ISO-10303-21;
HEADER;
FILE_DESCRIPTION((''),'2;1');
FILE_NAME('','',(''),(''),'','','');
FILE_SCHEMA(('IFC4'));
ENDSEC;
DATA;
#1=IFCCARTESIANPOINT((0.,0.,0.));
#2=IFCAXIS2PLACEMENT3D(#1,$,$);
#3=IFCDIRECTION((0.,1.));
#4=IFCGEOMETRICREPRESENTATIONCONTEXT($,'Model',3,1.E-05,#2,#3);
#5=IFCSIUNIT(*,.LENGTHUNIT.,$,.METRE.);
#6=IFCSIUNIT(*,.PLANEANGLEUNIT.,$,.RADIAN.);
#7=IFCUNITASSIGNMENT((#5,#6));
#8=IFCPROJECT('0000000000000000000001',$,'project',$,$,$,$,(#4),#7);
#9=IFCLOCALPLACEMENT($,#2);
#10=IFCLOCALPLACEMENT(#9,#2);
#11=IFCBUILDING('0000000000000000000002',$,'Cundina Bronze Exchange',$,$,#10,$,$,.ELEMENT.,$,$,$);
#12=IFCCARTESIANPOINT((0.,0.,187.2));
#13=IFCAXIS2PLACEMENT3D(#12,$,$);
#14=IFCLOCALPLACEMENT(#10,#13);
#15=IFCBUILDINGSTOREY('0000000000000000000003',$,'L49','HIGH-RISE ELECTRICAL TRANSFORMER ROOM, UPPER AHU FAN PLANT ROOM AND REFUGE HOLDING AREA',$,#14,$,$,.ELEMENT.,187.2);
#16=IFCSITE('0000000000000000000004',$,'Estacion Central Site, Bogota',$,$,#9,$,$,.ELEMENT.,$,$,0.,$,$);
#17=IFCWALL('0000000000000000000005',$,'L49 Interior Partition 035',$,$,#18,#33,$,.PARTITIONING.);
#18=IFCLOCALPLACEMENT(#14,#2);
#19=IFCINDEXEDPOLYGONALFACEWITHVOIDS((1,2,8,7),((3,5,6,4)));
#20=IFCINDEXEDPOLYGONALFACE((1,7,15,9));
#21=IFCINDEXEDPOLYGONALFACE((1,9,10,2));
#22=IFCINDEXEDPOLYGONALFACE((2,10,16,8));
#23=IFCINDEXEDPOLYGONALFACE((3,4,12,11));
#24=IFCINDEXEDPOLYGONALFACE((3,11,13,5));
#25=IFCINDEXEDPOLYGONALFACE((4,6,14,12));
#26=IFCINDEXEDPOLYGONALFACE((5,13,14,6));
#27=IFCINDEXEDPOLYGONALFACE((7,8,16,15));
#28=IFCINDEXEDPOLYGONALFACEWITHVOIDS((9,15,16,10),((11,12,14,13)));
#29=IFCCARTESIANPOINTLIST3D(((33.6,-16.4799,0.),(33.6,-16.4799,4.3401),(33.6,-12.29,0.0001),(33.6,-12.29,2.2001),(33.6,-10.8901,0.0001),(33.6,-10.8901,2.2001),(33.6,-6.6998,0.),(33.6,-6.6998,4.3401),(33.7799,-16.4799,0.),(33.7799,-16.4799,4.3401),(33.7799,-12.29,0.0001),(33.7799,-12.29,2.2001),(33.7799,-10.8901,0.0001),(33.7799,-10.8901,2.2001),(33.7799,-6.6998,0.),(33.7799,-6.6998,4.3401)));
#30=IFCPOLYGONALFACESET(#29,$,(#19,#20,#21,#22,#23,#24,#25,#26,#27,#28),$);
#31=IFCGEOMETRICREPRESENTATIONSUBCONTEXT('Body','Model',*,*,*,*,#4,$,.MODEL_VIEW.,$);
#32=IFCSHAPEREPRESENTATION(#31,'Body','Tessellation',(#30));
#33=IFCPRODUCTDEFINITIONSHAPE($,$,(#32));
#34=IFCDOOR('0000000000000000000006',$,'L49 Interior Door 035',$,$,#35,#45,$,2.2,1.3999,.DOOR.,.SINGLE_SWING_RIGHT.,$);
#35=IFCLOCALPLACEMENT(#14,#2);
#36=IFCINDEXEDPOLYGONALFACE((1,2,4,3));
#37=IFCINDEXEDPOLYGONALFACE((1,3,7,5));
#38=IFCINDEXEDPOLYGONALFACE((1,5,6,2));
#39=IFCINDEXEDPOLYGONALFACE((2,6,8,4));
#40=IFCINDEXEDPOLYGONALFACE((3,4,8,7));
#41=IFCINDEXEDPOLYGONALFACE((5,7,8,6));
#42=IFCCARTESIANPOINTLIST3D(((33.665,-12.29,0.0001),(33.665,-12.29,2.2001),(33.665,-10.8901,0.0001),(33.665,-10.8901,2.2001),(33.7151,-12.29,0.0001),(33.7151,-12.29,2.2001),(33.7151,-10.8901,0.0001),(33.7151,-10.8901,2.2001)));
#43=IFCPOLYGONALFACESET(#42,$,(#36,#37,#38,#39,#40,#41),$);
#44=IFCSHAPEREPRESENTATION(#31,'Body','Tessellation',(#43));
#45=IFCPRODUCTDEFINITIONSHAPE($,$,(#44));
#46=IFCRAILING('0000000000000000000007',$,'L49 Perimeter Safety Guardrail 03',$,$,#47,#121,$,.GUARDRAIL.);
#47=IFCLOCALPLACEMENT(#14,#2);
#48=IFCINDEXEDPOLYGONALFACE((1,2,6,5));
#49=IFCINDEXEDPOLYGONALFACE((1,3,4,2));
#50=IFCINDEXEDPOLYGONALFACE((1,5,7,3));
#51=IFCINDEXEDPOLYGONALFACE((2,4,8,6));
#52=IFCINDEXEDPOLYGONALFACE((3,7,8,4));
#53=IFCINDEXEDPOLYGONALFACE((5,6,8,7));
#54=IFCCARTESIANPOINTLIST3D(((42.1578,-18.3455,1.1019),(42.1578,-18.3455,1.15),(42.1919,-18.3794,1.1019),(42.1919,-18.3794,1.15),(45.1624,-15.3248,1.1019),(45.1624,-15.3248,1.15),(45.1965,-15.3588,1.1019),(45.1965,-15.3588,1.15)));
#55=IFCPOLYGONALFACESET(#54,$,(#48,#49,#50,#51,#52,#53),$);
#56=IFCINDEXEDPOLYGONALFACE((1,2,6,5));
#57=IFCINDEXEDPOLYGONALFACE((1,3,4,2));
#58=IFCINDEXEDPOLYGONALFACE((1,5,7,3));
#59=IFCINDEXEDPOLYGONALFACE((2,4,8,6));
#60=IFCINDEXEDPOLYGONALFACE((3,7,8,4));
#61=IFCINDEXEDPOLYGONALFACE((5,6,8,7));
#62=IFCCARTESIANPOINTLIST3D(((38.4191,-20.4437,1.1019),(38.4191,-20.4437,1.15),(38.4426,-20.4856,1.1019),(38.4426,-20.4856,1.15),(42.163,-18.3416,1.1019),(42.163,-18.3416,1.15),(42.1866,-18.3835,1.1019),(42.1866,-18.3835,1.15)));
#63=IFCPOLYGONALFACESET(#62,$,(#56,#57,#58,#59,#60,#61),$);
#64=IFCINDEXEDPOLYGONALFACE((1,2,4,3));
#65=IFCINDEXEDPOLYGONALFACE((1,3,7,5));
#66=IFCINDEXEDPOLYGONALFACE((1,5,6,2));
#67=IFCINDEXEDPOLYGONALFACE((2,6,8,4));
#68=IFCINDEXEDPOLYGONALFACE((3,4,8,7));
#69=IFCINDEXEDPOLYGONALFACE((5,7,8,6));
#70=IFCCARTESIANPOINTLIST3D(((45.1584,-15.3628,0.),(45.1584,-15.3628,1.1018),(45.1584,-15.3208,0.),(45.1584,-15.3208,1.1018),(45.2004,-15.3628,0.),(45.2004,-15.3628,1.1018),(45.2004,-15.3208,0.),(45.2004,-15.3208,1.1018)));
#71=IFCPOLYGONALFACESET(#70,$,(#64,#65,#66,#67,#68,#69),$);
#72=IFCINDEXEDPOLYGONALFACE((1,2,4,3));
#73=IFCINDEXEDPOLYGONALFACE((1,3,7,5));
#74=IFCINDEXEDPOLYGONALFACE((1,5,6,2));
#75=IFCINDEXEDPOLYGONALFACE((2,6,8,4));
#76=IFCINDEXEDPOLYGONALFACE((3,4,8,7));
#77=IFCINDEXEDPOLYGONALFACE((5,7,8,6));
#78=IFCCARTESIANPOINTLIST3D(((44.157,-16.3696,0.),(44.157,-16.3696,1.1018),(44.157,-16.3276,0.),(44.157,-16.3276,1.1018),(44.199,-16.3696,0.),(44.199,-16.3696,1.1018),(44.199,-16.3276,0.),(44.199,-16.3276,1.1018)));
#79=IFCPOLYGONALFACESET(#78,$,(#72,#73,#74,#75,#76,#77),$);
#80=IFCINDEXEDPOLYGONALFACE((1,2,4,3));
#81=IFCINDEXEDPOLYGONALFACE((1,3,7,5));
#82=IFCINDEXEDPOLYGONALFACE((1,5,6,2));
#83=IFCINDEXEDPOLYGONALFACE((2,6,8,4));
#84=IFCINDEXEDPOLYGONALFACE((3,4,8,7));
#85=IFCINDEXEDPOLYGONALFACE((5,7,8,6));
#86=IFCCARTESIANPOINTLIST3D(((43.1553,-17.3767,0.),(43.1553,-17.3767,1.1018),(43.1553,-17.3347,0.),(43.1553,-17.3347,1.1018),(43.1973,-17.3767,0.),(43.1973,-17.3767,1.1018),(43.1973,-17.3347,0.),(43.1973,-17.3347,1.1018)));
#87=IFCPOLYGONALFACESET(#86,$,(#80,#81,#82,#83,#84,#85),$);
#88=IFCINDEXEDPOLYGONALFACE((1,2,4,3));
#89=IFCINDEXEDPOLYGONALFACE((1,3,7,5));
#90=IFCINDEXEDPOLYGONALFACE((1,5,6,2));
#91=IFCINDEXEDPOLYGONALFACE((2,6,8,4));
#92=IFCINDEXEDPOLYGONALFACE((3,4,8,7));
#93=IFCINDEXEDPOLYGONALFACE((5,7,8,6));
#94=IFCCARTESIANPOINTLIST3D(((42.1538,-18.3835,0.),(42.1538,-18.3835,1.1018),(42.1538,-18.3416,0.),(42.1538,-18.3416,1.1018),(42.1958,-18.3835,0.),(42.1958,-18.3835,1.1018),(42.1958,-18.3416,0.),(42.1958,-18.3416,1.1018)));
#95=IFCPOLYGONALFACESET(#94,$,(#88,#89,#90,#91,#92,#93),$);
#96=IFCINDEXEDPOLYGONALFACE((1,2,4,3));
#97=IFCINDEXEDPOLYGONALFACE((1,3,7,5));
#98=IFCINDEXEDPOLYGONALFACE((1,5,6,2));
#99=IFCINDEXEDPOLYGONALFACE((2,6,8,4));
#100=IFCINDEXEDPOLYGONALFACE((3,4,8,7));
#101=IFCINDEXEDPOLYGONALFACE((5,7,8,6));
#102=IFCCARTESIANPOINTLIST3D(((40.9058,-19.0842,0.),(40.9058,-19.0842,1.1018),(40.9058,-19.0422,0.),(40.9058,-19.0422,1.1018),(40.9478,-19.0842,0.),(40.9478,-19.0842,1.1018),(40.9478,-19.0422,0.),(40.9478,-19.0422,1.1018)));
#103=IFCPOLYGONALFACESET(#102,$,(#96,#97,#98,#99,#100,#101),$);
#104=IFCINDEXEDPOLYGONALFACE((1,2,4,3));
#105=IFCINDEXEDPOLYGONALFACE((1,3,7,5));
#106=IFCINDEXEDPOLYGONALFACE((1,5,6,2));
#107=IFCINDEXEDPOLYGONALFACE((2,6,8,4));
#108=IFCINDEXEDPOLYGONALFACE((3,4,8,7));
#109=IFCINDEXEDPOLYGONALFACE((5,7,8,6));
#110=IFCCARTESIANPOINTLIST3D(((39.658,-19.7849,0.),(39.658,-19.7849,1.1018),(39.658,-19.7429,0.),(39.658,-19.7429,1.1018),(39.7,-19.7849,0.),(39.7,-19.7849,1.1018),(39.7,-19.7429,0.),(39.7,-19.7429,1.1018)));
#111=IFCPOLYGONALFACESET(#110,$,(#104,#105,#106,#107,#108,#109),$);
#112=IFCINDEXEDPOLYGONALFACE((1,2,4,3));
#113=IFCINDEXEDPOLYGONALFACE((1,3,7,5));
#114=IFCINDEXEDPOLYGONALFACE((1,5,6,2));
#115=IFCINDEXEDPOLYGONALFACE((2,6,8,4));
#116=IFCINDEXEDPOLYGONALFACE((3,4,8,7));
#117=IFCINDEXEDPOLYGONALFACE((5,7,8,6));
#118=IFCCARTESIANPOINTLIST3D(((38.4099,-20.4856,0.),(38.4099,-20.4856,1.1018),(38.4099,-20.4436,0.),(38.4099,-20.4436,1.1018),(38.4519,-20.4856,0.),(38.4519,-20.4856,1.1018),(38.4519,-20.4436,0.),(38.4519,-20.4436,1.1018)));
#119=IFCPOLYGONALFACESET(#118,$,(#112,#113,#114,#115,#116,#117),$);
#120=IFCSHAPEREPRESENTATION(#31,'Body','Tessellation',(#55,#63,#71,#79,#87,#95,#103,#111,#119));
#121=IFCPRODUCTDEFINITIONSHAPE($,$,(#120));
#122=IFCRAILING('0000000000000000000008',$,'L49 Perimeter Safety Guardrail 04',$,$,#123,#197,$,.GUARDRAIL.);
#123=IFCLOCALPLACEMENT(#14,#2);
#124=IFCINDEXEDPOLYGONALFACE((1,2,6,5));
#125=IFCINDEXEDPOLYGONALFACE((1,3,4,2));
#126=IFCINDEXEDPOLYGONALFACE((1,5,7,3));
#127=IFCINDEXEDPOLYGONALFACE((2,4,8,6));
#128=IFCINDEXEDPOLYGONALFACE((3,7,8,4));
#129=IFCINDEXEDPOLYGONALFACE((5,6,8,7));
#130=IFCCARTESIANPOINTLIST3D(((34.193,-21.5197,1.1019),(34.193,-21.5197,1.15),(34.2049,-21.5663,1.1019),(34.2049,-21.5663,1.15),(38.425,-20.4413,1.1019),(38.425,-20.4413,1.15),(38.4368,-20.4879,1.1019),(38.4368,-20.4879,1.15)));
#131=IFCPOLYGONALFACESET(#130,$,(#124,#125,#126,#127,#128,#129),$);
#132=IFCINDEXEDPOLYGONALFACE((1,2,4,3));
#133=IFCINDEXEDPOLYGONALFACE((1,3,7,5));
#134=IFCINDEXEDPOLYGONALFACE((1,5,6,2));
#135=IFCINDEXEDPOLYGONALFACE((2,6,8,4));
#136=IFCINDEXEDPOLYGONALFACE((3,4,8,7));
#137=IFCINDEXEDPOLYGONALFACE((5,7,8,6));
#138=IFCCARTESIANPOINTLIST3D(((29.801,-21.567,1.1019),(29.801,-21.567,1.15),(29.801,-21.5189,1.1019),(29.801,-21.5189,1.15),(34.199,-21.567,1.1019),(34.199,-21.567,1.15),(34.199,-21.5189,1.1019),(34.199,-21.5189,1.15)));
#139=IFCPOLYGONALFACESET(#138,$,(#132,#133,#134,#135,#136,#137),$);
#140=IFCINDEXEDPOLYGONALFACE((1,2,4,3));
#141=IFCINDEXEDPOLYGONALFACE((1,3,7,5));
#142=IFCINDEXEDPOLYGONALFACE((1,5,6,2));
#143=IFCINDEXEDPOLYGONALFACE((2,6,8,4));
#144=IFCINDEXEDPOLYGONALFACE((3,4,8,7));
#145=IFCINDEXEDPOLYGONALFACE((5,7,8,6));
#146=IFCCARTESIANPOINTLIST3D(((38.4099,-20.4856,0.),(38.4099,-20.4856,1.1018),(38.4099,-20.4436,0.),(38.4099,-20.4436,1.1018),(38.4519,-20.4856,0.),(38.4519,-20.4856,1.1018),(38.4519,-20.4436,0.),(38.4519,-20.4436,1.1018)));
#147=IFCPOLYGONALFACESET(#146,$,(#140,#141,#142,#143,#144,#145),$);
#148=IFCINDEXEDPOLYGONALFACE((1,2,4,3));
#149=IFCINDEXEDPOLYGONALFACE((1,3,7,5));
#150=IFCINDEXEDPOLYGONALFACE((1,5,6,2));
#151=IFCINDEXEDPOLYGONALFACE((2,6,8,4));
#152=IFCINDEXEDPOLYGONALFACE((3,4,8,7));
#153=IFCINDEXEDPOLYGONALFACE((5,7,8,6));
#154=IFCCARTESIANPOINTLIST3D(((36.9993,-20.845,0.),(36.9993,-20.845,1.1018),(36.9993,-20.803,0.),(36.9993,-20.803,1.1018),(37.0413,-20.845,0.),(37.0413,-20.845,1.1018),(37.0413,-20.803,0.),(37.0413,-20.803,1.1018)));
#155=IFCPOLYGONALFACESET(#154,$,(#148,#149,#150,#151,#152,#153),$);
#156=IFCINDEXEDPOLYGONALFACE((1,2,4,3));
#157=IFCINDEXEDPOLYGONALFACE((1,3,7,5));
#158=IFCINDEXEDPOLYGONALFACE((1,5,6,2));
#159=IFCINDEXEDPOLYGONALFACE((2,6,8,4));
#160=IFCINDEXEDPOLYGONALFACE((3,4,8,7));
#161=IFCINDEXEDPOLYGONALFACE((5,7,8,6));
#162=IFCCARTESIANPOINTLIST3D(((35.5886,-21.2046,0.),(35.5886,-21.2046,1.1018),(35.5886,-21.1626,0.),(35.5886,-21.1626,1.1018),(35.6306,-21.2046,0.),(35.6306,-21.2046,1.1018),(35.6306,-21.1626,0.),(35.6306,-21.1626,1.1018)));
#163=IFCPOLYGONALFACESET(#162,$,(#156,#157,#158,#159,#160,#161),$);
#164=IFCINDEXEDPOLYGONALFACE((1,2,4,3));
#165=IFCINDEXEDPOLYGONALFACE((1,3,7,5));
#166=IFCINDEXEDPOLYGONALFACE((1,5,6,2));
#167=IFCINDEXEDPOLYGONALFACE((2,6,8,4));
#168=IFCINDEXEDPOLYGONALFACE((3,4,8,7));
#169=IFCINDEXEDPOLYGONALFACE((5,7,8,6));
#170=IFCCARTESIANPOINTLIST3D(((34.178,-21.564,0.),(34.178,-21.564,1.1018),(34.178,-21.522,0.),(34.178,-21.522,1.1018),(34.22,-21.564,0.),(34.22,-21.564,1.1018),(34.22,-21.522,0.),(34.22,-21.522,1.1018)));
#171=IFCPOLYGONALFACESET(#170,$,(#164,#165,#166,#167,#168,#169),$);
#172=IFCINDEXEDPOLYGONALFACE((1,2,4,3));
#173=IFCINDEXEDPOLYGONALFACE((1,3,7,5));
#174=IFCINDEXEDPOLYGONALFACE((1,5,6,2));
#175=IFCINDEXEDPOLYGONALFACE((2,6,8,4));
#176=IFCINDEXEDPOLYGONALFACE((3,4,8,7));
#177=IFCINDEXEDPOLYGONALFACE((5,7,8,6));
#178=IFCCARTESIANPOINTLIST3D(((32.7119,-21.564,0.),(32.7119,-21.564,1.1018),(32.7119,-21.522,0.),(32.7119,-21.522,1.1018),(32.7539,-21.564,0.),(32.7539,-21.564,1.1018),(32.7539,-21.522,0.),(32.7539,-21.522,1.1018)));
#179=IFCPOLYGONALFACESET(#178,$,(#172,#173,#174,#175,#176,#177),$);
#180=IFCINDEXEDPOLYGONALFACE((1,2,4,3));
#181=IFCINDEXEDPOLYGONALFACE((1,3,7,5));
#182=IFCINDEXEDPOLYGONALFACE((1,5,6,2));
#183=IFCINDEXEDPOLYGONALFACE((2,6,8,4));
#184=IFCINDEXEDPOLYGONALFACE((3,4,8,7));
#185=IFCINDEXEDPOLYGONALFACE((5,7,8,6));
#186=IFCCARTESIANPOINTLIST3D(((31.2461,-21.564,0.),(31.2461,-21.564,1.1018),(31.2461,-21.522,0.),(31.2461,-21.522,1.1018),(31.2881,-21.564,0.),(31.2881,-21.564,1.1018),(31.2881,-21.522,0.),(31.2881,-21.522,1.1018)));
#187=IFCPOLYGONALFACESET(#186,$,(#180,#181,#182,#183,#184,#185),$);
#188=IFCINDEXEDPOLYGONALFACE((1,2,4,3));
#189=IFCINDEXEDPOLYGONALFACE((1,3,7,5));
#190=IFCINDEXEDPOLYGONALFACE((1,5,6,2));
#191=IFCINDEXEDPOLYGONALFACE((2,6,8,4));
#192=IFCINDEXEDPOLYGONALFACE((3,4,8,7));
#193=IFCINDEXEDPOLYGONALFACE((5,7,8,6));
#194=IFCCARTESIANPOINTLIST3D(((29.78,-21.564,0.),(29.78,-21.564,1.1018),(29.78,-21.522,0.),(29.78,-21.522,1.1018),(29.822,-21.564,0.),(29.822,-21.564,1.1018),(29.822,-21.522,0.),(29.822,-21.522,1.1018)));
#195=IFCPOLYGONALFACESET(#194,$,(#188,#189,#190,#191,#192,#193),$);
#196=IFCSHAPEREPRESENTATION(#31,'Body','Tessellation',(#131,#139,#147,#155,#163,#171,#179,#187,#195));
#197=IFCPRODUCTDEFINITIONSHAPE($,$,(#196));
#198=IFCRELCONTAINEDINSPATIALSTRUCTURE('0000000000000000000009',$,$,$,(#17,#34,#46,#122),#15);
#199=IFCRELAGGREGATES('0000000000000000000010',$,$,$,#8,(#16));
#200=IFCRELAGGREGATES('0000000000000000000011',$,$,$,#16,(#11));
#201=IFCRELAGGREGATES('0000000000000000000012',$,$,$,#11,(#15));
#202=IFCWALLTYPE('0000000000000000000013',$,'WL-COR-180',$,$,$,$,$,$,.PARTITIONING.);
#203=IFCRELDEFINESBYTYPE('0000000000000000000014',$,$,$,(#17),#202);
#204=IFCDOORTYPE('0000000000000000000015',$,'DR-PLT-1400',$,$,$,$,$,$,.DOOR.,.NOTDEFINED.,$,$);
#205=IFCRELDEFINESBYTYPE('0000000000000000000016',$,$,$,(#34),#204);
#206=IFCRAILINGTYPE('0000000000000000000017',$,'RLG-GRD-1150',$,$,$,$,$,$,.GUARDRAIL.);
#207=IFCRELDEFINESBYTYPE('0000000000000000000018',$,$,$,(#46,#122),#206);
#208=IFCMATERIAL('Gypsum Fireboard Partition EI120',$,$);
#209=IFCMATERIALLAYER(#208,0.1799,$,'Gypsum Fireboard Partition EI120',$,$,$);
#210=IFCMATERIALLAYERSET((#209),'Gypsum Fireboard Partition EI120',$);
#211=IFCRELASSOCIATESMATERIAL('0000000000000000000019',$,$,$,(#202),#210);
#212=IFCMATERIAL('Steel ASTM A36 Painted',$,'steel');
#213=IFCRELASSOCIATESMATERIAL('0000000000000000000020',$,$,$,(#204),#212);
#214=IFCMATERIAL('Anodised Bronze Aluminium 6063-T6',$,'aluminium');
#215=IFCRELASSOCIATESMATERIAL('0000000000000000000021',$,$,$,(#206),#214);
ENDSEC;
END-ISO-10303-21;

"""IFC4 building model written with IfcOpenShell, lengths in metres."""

from ifc_helpers import new_model, si_unit, direction, frame, frame_2d, origin, origin_2d, place, context, subcontext, project, spatial, rectangle, extrude, material, layer, layer_set, type_object, element, fill, save


model = new_model("IFC4")

# Units and contexts
model_context = context("Model", 3, precision=1e-05, world=origin(), true_north=direction((0.0, 1.0)))
body_context = subcontext(model_context, "Body", "Model", "MODEL_VIEW")
ifc_project = project(units=[si_unit("LENGTHUNIT", "METRE"), si_unit("PLANEANGLEUNIT", "RADIAN")], contexts=[model_context])

# Site, building, storey
site_placement = place(None, origin())
site = spatial("IfcSite", under=ifc_project, at=site_placement, Name="Estacion Central Site, Bogota", CompositionType="ELEMENT", RefElevation=0.0)
building_placement = place(site_placement, origin())
building = spatial("IfcBuilding", under=site, at=building_placement, Name="Cundina Bronze Exchange", CompositionType="ELEMENT")
storey_placement = place(building_placement, frame((0.0, 0.0, 187.2)))
storey = spatial("IfcBuildingStorey", under=building, at=storey_placement, Name="L49", Description="HIGH-RISE ELECTRICAL TRANSFORMER ROOM, UPPER AHU FAN PLANT ROOM AND REFUGE HOLDING AREA", CompositionType="ELEMENT", Elevation=187.2)

# Wall, opening, door
ifc_material_1 = material(Name="Gypsum Fireboard Partition EI120")
ifc_layer_1 = layer(ifc_material_1, 0.1799, Name="Gypsum Fireboard Partition EI120")
ifc_layer_set_1 = layer_set([ifc_layer_1], Name="Gypsum Fireboard Partition EI120")
wall_type = type_object("IfcWallType", Name="WL-COR-180", PredefinedType="PARTITIONING", material=ifc_layer_set_1)
wall_placement = place(storey_placement, frame((33.6899, -16.48, 0.0), z_axis=(0.0, 0.0, 1.0), x_axis=(0.0, 1.0, 0.0)))
wall = element("IfcWall", 1, at=wall_placement, inside=storey, type_object=wall_type, Name="L49 Interior Partition 035", PredefinedType="PARTITIONING", context=body_context, shape_type="SweptSolid", body=[
    extrude(rectangle(XDim=9.78, YDim=0.1799, at=frame_2d((4.8901, 0.0))), origin(), (0.0, 0.0, 1.0), 4.3401),
])
opening_placement = place(wall_placement, frame((4.1899, 0.0, 0.0)))
opening = element("IfcOpeningElement", 2, at=opening_placement, cuts=wall, PredefinedType="OPENING", context=body_context, shape_type="SweptSolid", body=[
    extrude(rectangle(XDim=1.3999, YDim=2.2, at=frame_2d((0.7, 1.1001))), frame((0.0, 0.0999, 0.0), z_axis=(0.0, -1.0, 0.0), x_axis=(1.0, 0.0, 0.0)), (0.0, 0.0, 1.0), 0.2),
])
ifc_material_2 = material(Name="Steel ASTM A36 Painted", Category="steel")
door_type = type_object("IfcDoorType", Name="DR-PLT-1400", OperationType="NOTDEFINED", PredefinedType="DOOR", material=ifc_material_2)
door_placement = place(opening_placement, origin())
door = element("IfcDoor", 3, at=door_placement, inside=storey, type_object=door_type, Name="L49 Interior Door 035", OperationType="SINGLE_SWING_RIGHT", OverallHeight=2.2, OverallWidth=1.3999, PredefinedType="DOOR", context=body_context, shape_type="SweptSolid", body=[
    extrude(rectangle(XDim=1.3999, YDim=2.2, at=frame_2d((0.7, 1.1001))), frame((0.0, 0.0249, 0.0), z_axis=(0.0, -1.0, 0.0), x_axis=(1.0, 0.0, 0.0)), (0.0, 0.0, 1.0), 0.05),
])
fill(opening, door)

# Railings
ifc_material_3 = material(Name="Anodised Bronze Aluminium 6063-T6", Category="aluminium")
railing_type = type_object("IfcRailingType", Name="RLG-GRD-1150", PredefinedType="GUARDRAIL", material=ifc_material_3)
railing_1_placement = place(storey_placement, frame((45.1794, -15.3418, 0.0)))
element("IfcRailing", 4, at=railing_1_placement, inside=storey, type_object=railing_type, Name="L49 Perimeter Safety Guardrail 03", PredefinedType="GUARDRAIL", context=body_context, shape_type="SweptSolid", body=[
    extrude(rectangle(XDim=0.0481, YDim=0.0481, at=origin_2d()), frame((0.0, 0.0, 1.126), z_axis=(-0.705213, -0.708995, 0.0), x_axis=(0.708995, -0.705213, 0.0)), (0.0, 0.0, 1.0), 4.2605),
    extrude(rectangle(XDim=0.0481, YDim=0.0481, at=origin_2d()), frame((-3.0046, -3.0208, 1.126), z_axis=(-0.871962, -0.489573, 0.0), x_axis=(0.489573, -0.871962, 0.0)), (0.0, 0.0, 1.0), 4.2937),
    extrude(rectangle(XDim=0.042, YDim=0.042, at=origin_2d()), origin(), (0.0, 0.0, 1.0), 1.1018),
    extrude(rectangle(XDim=0.042, YDim=0.042, at=origin_2d()), frame((-1.0015, -1.0068, 0.0)), (0.0, 0.0, 1.0), 1.1018),
    extrude(rectangle(XDim=0.042, YDim=0.042, at=origin_2d()), frame((-2.0032, -2.0139, 0.0)), (0.0, 0.0, 1.0), 1.1018),
    extrude(rectangle(XDim=0.042, YDim=0.042, at=origin_2d()), frame((-3.0046, -3.0208, 0.0)), (0.0, 0.0, 1.0), 1.1018),
    extrude(rectangle(XDim=0.042, YDim=0.042, at=origin_2d()), frame((-4.2527, -3.7214, 0.0)), (0.0, 0.0, 1.0), 1.1018),
    extrude(rectangle(XDim=0.042, YDim=0.042, at=origin_2d()), frame((-5.5005, -4.4221, 0.0)), (0.0, 0.0, 1.0), 1.1018),
    extrude(rectangle(XDim=0.042, YDim=0.042, at=origin_2d()), frame((-6.7485, -5.1228, 0.0)), (0.0, 0.0, 1.0), 1.1018),
])
railing_2_placement = place(storey_placement, frame((38.4309, -20.4646, 0.0)))
element("IfcRailing", 5, at=railing_2_placement, inside=storey, type_object=railing_type, Name="L49 Perimeter Safety Guardrail 04", PredefinedType="GUARDRAIL", context=body_context, shape_type="SweptSolid", body=[
    extrude(rectangle(XDim=0.0481, YDim=0.0481, at=origin_2d()), frame((0.0, 0.0, 1.126), z_axis=(-0.969034, -0.246927, 0.0), x_axis=(0.246927, -0.969034, 0.0)), (0.0, 0.0, 1.0), 4.3672),
    extrude(rectangle(XDim=0.0481, YDim=0.0481, at=origin_2d()), frame((-4.2319, -1.0784, 1.126), z_axis=(-1.0, 0.0, 0.0), x_axis=(0.0, -1.0, 0.0)), (0.0, 0.0, 1.0), 4.3979),
    extrude(rectangle(XDim=0.042, YDim=0.042, at=origin_2d()), origin(), (0.0, 0.0, 1.0), 1.1018),
    extrude(rectangle(XDim=0.042, YDim=0.042, at=origin_2d()), frame((-1.4106, -0.3594, 0.0)), (0.0, 0.0, 1.0), 1.1018),
    extrude(rectangle(XDim=0.042, YDim=0.042, at=origin_2d()), frame((-2.8213, -0.719, 0.0)), (0.0, 0.0, 1.0), 1.1018),
    extrude(rectangle(XDim=0.042, YDim=0.042, at=origin_2d()), frame((-4.2319, -1.0784, 0.0)), (0.0, 0.0, 1.0), 1.1018),
    extrude(rectangle(XDim=0.042, YDim=0.042, at=origin_2d()), frame((-5.698, -1.0784, 0.0)), (0.0, 0.0, 1.0), 1.1018),
    extrude(rectangle(XDim=0.042, YDim=0.042, at=origin_2d()), frame((-7.1638, -1.0784, 0.0)), (0.0, 0.0, 1.0), 1.1018),
    extrude(rectangle(XDim=0.042, YDim=0.042, at=origin_2d()), frame((-8.6299, -1.0784, 0.0)), (0.0, 0.0, 1.0), 1.1018),
])

save(model, "model.ifc")
